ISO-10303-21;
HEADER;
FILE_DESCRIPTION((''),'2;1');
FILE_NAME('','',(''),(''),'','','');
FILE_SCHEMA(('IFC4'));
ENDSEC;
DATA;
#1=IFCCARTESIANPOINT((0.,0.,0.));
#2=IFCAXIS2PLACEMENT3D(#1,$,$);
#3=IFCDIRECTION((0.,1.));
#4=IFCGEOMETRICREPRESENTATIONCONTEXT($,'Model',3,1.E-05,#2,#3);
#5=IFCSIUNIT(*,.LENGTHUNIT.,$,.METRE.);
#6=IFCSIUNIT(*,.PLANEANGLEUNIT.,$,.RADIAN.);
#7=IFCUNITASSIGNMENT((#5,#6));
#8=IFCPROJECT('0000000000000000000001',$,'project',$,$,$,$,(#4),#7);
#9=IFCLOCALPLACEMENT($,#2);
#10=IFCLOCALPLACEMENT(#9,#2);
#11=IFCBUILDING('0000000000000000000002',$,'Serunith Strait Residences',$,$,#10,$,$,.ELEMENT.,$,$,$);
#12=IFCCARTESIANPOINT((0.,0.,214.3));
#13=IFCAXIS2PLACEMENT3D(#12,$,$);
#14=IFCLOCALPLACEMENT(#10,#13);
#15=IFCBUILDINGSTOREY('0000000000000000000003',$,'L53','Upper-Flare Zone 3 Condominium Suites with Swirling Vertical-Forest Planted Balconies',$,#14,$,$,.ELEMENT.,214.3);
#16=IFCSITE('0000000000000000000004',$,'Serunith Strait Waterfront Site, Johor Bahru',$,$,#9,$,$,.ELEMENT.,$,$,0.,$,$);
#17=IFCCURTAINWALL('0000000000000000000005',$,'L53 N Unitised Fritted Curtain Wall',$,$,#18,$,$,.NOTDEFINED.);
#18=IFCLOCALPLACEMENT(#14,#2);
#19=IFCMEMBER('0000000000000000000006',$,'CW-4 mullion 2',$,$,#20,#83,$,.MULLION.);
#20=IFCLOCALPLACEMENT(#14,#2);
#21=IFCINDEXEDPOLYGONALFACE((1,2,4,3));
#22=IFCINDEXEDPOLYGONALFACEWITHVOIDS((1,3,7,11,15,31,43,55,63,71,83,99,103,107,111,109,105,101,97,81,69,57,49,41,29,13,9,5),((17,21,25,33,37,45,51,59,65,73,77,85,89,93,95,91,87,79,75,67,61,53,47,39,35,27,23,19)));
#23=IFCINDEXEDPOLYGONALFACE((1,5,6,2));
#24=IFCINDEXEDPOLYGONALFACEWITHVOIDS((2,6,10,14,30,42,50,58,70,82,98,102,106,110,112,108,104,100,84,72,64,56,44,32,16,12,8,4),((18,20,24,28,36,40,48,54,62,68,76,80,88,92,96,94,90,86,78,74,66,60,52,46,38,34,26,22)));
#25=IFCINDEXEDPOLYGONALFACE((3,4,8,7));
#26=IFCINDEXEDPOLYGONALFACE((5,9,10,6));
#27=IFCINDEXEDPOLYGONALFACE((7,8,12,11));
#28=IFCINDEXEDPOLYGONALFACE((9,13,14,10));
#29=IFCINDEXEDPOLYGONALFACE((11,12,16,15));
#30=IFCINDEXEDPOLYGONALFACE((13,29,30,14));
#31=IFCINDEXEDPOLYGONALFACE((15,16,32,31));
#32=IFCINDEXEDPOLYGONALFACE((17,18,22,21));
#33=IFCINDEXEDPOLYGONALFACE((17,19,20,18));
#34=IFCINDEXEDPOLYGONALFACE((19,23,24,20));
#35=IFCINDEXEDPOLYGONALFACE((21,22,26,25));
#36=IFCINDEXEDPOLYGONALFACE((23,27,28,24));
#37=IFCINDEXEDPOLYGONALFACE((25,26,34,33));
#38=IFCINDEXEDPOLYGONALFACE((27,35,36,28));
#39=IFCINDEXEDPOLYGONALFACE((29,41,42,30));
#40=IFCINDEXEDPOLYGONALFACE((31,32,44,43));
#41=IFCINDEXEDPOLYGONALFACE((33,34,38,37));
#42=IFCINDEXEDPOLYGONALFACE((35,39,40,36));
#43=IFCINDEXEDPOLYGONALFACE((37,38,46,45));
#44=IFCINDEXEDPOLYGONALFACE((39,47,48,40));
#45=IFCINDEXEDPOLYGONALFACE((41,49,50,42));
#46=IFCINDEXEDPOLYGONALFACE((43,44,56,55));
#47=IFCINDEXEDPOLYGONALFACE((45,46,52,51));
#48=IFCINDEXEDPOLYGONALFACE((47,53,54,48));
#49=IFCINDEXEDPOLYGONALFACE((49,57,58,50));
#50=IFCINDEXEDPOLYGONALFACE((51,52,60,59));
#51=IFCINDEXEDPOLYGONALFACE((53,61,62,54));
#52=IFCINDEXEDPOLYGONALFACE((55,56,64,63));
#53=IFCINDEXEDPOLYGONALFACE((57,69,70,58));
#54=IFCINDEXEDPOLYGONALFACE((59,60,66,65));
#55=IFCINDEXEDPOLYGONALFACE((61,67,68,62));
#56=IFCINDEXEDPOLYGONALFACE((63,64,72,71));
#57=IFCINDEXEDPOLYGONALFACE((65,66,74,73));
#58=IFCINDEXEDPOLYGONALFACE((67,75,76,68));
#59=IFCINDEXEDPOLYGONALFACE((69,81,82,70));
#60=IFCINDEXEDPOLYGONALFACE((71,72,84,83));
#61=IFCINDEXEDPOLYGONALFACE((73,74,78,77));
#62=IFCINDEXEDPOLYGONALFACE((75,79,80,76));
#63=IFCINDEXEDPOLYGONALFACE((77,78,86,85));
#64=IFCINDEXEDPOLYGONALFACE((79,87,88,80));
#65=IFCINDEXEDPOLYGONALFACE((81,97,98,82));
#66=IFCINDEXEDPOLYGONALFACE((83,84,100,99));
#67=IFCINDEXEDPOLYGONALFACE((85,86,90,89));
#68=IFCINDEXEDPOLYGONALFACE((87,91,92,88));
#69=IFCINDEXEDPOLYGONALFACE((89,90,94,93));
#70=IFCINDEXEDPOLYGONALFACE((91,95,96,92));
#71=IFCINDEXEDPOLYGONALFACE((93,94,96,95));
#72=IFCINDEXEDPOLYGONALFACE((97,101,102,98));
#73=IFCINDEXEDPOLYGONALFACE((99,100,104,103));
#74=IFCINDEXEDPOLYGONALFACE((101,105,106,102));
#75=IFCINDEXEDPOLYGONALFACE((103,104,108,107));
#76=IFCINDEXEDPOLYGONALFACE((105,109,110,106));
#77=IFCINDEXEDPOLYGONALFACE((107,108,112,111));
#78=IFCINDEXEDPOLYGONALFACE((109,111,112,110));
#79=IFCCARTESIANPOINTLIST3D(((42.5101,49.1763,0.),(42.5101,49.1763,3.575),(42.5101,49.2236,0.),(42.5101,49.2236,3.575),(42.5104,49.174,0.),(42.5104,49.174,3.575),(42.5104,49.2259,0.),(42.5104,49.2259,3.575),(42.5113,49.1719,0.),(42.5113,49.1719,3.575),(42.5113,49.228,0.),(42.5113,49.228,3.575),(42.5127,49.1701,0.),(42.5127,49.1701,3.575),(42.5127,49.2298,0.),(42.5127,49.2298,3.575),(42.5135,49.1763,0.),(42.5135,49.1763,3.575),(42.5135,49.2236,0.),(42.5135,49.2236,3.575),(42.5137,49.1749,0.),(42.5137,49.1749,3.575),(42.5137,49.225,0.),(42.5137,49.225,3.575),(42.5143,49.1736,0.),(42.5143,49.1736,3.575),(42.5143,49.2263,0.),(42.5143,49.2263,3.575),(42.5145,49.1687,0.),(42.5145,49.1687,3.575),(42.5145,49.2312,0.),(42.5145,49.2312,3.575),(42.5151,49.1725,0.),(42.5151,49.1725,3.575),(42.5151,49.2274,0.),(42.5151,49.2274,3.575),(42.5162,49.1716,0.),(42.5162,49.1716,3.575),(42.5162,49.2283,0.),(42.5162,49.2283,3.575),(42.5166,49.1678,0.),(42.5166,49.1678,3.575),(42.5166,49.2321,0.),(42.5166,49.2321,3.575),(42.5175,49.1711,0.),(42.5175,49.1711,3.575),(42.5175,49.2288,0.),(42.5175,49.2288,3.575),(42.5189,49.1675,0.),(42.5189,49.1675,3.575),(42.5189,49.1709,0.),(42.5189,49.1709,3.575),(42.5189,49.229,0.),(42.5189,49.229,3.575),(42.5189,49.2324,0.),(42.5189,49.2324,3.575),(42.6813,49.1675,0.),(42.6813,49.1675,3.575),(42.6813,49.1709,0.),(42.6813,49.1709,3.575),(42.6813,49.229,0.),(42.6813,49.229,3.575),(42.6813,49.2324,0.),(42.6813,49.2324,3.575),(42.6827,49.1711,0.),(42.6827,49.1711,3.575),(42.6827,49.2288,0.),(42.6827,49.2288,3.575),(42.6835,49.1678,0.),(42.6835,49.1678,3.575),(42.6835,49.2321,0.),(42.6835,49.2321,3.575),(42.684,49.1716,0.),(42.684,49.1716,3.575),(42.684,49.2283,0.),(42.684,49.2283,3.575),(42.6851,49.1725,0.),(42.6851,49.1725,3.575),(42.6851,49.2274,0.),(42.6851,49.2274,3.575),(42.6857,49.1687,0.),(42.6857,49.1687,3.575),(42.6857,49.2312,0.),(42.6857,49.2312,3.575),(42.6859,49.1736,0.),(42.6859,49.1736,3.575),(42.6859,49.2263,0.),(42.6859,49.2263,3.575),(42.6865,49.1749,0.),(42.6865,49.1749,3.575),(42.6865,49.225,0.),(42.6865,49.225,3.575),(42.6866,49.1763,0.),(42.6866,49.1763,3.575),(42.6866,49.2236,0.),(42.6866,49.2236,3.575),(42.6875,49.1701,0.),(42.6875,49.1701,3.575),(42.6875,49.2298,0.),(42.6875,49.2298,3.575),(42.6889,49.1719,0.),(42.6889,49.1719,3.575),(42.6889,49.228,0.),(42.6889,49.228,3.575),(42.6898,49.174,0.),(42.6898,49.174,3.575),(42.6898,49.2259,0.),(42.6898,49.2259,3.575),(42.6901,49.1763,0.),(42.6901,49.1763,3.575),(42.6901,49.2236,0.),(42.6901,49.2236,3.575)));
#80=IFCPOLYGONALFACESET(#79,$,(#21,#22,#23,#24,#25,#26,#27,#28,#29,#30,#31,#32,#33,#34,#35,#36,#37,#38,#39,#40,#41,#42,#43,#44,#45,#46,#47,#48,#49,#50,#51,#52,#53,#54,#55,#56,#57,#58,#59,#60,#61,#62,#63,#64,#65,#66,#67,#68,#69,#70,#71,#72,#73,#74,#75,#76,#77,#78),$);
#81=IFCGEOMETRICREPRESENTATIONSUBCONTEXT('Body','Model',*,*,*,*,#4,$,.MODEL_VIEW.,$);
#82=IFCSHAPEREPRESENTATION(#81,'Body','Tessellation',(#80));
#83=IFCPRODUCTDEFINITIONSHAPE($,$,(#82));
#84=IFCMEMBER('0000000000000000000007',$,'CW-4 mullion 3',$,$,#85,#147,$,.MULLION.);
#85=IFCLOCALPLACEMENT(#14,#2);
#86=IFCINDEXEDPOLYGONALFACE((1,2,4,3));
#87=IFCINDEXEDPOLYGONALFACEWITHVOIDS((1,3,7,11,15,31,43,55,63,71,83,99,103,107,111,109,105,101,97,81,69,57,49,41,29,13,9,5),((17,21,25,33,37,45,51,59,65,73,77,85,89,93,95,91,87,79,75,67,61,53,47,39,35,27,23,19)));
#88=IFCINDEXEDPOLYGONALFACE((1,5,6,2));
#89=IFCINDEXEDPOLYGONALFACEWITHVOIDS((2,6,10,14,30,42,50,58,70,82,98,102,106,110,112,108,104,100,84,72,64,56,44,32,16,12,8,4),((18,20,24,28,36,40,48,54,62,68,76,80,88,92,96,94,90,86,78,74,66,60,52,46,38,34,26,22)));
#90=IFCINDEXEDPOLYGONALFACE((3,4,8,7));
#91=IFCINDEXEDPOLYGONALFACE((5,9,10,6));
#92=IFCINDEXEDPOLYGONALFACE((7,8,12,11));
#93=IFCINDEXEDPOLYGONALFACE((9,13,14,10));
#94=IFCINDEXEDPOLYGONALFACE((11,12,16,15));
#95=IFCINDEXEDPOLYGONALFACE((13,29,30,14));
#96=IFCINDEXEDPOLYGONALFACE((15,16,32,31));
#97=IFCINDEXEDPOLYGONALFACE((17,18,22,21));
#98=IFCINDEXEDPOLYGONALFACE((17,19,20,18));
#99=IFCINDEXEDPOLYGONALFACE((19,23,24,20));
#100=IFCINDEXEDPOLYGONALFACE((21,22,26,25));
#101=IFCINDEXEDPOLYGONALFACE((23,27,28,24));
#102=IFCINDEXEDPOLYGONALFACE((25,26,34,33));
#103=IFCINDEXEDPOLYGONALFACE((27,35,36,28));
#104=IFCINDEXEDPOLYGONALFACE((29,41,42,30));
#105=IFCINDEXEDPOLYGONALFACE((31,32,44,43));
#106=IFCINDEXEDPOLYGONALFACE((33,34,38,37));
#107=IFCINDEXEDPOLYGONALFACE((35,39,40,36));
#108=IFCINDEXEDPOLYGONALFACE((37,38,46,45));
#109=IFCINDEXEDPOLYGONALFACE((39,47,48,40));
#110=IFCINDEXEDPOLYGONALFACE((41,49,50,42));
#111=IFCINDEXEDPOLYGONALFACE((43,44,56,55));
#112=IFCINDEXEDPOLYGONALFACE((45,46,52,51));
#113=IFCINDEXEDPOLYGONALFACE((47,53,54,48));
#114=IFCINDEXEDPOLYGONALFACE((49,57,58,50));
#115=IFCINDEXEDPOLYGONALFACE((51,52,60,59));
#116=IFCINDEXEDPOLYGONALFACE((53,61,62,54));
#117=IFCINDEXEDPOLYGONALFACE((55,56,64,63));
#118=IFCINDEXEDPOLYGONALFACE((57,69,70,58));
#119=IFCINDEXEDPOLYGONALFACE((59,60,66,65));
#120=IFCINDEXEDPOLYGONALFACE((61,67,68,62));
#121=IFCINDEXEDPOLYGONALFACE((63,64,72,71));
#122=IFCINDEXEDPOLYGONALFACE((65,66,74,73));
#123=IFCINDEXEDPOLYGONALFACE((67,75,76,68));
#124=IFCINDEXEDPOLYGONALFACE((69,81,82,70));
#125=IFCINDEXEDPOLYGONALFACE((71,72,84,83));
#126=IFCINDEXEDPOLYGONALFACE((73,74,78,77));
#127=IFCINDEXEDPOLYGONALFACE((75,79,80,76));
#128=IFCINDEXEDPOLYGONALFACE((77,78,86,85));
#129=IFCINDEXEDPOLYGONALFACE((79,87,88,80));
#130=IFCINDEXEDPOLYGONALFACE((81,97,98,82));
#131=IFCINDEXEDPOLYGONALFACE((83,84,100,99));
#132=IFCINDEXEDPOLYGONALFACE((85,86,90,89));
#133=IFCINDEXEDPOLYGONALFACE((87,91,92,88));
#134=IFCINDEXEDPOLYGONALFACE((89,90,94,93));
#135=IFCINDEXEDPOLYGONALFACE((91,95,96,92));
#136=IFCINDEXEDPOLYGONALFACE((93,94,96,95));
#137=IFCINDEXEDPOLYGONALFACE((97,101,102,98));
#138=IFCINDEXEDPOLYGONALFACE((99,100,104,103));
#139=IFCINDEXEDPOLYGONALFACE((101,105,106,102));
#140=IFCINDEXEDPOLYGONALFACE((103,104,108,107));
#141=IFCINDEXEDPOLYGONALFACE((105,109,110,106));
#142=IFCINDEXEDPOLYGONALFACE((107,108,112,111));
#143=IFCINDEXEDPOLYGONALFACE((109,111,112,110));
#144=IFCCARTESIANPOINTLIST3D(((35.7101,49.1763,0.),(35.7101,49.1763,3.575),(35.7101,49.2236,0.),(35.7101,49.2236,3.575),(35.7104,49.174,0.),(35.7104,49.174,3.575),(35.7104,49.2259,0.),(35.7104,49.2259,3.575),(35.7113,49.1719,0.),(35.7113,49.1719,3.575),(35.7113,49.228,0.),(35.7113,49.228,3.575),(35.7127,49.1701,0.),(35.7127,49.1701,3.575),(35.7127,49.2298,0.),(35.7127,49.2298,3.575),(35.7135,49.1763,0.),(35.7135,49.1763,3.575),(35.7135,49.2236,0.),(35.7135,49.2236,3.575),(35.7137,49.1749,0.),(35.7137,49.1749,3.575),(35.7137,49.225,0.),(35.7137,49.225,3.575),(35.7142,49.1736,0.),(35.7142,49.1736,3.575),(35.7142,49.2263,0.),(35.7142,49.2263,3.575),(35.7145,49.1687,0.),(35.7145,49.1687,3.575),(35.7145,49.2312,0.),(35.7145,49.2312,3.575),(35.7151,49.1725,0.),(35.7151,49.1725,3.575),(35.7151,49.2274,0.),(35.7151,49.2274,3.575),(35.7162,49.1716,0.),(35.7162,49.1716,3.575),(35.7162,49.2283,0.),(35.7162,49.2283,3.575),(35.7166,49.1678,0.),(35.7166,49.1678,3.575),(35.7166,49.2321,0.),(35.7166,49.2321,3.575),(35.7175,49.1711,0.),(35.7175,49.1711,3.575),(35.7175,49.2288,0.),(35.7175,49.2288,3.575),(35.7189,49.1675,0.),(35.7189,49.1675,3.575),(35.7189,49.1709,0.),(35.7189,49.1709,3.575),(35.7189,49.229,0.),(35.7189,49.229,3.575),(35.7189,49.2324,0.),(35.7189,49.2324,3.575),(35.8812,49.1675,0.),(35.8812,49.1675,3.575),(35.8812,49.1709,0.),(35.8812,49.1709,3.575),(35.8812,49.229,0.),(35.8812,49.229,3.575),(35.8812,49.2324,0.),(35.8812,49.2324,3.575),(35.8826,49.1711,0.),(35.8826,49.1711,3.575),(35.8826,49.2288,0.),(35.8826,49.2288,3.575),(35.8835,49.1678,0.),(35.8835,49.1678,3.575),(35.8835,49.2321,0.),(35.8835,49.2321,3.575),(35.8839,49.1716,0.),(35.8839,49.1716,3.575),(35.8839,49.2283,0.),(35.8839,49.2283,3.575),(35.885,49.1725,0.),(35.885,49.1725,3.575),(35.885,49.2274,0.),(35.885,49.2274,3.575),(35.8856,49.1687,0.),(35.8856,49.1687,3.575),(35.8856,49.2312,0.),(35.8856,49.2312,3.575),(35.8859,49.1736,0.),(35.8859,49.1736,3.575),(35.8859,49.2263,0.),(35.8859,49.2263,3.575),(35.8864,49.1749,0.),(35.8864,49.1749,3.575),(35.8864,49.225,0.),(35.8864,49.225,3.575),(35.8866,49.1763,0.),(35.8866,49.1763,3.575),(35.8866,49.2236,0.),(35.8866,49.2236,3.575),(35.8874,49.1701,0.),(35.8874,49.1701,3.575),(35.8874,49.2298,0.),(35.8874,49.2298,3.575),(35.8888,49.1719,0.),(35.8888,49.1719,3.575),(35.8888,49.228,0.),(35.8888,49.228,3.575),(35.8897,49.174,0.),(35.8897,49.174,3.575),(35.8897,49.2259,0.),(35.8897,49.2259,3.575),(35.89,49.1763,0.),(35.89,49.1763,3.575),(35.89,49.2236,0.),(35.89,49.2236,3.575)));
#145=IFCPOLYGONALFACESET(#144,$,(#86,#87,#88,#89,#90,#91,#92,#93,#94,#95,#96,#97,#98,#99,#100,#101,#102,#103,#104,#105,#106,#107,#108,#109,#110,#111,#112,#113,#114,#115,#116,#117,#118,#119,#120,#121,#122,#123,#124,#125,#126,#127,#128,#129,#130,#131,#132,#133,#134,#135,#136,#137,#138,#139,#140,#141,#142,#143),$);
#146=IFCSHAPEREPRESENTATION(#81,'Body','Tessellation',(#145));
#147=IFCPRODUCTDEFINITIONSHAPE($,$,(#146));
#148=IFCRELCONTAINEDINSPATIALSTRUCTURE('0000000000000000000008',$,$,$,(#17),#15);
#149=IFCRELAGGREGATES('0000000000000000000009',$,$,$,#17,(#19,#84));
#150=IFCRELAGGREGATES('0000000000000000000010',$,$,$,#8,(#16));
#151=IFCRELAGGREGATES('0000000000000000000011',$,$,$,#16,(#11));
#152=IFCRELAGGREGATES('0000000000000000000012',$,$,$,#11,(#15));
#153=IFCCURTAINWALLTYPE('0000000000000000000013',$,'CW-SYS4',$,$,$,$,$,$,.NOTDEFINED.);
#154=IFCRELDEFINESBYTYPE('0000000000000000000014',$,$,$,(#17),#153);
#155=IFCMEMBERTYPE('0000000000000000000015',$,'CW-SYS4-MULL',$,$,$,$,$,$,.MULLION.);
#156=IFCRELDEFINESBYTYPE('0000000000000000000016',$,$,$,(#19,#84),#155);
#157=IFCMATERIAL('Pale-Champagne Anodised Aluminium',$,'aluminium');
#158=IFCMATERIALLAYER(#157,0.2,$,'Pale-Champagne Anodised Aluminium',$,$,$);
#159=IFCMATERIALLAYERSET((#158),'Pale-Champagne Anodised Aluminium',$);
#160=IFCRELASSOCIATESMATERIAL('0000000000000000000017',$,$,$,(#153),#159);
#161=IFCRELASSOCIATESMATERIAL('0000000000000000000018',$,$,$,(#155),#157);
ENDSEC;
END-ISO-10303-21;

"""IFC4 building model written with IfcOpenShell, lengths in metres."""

from ifc_helpers import new_model, si_unit, direction, frame, origin, origin_2d, place, context, subcontext, project, spatial, hollow_rectangle, extrude, source, transform, mapped, material, layer, layer_set, material_profile, profile_set, type_object, element, aggregate, save


model = new_model("IFC4")

# Units and contexts
model_context = context("Model", 3, precision=1e-05, world=origin(), true_north=direction((0.0, 1.0)))
body_context = subcontext(model_context, "Body", "Model", "MODEL_VIEW")
ifc_project = project(units=[si_unit("LENGTHUNIT", "METRE"), si_unit("PLANEANGLEUNIT", "RADIAN")], contexts=[model_context])

# Site, building, storey
site_placement = place(None, origin())
site = spatial("IfcSite", under=ifc_project, at=site_placement, Name="Serunith Strait Waterfront Site, Johor Bahru", CompositionType="ELEMENT", RefElevation=0.0)
building_placement = place(site_placement, origin())
building = spatial("IfcBuilding", under=site, at=building_placement, Name="Serunith Strait Residences", CompositionType="ELEMENT")
storey_placement = place(building_placement, frame((0.0, 0.0, 214.3)))
storey = spatial("IfcBuildingStorey", under=building, at=storey_placement, Name="L53", Description="Upper-Flare Zone 3 Condominium Suites with Swirling Vertical-Forest Planted Balconies", CompositionType="ELEMENT", Elevation=214.3)

# Curtain wall, members
ifc_material_1 = material(Name="Pale-Champagne Anodised Aluminium", Category="aluminium")
ifc_layer_1 = layer(ifc_material_1, 0.2, Name="Pale-Champagne Anodised Aluminium")
ifc_layer_set_1 = layer_set([ifc_layer_1], Name="Pale-Champagne Anodised Aluminium")
curtain_wall_type = type_object("IfcCurtainWallType", Name="CW-SYS4", PredefinedType="NOTDEFINED", material=ifc_layer_set_1)
curtain_wall_placement = place(storey_placement, origin())
curtain_wall = element("IfcCurtainWall", 1, at=curtain_wall_placement, inside=storey, type_object=curtain_wall_type, Name="L53 N Unitised Fritted Curtain Wall", PredefinedType="NOTDEFINED")
ifc_material_profile_1 = material_profile(ifc_material_1, hollow_rectangle(XDim=0.0649, YDim=0.1799, WallThickness=0.0034, InnerFilletRadius=0.0054, OuterFilletRadius=0.0088, at=origin_2d()), Name="ALU 180x65x3.5")
ifc_profile_set_1 = profile_set([ifc_material_profile_1], Name="Pale-Champagne Anodised Aluminium")
member_type_1 = type_object("IfcMemberType", Name="CW-SYS4-MULL", PredefinedType="MULLION", material=ifc_profile_set_1)
shared_shape_1 = source(origin(), body_context, "Body", "SweptSolid", [
    extrude(hollow_rectangle(XDim=0.0649, YDim=0.1799, WallThickness=0.0034, InnerFilletRadius=0.0054, OuterFilletRadius=0.0088, at=origin_2d()), origin(), (0.0, 0.0, 1.0), 3.575),
])
member_1_placement = place(storey_placement, frame((42.6001, 49.2, 0.0), z_axis=(0.0, 0.0, 1.0), x_axis=(0.0, -1.0, 0.0)))
member_1 = element("IfcMember", 2, at=member_1_placement, type_object=member_type_1, Name="CW-4 mullion 2", PredefinedType="MULLION", context=body_context, shape_type="MappedRepresentation", body=[
    mapped(shared_shape_1, transform((0.0, 0.0, 0.0), scale=1.0)),
])
member_2_placement = place(storey_placement, frame((35.8, 49.2, 0.0), z_axis=(0.0, 0.0, 1.0), x_axis=(0.0, -1.0, 0.0)))
member_2 = element("IfcMember", 3, at=member_2_placement, type_object=member_type_1, Name="CW-4 mullion 3", PredefinedType="MULLION", context=body_context, shape_type="MappedRepresentation", body=[
    mapped(shared_shape_1, transform((0.0, 0.0, 0.0), scale=1.0)),
])
aggregate(curtain_wall, [member_1, member_2])

save(model, "model.ifc")
